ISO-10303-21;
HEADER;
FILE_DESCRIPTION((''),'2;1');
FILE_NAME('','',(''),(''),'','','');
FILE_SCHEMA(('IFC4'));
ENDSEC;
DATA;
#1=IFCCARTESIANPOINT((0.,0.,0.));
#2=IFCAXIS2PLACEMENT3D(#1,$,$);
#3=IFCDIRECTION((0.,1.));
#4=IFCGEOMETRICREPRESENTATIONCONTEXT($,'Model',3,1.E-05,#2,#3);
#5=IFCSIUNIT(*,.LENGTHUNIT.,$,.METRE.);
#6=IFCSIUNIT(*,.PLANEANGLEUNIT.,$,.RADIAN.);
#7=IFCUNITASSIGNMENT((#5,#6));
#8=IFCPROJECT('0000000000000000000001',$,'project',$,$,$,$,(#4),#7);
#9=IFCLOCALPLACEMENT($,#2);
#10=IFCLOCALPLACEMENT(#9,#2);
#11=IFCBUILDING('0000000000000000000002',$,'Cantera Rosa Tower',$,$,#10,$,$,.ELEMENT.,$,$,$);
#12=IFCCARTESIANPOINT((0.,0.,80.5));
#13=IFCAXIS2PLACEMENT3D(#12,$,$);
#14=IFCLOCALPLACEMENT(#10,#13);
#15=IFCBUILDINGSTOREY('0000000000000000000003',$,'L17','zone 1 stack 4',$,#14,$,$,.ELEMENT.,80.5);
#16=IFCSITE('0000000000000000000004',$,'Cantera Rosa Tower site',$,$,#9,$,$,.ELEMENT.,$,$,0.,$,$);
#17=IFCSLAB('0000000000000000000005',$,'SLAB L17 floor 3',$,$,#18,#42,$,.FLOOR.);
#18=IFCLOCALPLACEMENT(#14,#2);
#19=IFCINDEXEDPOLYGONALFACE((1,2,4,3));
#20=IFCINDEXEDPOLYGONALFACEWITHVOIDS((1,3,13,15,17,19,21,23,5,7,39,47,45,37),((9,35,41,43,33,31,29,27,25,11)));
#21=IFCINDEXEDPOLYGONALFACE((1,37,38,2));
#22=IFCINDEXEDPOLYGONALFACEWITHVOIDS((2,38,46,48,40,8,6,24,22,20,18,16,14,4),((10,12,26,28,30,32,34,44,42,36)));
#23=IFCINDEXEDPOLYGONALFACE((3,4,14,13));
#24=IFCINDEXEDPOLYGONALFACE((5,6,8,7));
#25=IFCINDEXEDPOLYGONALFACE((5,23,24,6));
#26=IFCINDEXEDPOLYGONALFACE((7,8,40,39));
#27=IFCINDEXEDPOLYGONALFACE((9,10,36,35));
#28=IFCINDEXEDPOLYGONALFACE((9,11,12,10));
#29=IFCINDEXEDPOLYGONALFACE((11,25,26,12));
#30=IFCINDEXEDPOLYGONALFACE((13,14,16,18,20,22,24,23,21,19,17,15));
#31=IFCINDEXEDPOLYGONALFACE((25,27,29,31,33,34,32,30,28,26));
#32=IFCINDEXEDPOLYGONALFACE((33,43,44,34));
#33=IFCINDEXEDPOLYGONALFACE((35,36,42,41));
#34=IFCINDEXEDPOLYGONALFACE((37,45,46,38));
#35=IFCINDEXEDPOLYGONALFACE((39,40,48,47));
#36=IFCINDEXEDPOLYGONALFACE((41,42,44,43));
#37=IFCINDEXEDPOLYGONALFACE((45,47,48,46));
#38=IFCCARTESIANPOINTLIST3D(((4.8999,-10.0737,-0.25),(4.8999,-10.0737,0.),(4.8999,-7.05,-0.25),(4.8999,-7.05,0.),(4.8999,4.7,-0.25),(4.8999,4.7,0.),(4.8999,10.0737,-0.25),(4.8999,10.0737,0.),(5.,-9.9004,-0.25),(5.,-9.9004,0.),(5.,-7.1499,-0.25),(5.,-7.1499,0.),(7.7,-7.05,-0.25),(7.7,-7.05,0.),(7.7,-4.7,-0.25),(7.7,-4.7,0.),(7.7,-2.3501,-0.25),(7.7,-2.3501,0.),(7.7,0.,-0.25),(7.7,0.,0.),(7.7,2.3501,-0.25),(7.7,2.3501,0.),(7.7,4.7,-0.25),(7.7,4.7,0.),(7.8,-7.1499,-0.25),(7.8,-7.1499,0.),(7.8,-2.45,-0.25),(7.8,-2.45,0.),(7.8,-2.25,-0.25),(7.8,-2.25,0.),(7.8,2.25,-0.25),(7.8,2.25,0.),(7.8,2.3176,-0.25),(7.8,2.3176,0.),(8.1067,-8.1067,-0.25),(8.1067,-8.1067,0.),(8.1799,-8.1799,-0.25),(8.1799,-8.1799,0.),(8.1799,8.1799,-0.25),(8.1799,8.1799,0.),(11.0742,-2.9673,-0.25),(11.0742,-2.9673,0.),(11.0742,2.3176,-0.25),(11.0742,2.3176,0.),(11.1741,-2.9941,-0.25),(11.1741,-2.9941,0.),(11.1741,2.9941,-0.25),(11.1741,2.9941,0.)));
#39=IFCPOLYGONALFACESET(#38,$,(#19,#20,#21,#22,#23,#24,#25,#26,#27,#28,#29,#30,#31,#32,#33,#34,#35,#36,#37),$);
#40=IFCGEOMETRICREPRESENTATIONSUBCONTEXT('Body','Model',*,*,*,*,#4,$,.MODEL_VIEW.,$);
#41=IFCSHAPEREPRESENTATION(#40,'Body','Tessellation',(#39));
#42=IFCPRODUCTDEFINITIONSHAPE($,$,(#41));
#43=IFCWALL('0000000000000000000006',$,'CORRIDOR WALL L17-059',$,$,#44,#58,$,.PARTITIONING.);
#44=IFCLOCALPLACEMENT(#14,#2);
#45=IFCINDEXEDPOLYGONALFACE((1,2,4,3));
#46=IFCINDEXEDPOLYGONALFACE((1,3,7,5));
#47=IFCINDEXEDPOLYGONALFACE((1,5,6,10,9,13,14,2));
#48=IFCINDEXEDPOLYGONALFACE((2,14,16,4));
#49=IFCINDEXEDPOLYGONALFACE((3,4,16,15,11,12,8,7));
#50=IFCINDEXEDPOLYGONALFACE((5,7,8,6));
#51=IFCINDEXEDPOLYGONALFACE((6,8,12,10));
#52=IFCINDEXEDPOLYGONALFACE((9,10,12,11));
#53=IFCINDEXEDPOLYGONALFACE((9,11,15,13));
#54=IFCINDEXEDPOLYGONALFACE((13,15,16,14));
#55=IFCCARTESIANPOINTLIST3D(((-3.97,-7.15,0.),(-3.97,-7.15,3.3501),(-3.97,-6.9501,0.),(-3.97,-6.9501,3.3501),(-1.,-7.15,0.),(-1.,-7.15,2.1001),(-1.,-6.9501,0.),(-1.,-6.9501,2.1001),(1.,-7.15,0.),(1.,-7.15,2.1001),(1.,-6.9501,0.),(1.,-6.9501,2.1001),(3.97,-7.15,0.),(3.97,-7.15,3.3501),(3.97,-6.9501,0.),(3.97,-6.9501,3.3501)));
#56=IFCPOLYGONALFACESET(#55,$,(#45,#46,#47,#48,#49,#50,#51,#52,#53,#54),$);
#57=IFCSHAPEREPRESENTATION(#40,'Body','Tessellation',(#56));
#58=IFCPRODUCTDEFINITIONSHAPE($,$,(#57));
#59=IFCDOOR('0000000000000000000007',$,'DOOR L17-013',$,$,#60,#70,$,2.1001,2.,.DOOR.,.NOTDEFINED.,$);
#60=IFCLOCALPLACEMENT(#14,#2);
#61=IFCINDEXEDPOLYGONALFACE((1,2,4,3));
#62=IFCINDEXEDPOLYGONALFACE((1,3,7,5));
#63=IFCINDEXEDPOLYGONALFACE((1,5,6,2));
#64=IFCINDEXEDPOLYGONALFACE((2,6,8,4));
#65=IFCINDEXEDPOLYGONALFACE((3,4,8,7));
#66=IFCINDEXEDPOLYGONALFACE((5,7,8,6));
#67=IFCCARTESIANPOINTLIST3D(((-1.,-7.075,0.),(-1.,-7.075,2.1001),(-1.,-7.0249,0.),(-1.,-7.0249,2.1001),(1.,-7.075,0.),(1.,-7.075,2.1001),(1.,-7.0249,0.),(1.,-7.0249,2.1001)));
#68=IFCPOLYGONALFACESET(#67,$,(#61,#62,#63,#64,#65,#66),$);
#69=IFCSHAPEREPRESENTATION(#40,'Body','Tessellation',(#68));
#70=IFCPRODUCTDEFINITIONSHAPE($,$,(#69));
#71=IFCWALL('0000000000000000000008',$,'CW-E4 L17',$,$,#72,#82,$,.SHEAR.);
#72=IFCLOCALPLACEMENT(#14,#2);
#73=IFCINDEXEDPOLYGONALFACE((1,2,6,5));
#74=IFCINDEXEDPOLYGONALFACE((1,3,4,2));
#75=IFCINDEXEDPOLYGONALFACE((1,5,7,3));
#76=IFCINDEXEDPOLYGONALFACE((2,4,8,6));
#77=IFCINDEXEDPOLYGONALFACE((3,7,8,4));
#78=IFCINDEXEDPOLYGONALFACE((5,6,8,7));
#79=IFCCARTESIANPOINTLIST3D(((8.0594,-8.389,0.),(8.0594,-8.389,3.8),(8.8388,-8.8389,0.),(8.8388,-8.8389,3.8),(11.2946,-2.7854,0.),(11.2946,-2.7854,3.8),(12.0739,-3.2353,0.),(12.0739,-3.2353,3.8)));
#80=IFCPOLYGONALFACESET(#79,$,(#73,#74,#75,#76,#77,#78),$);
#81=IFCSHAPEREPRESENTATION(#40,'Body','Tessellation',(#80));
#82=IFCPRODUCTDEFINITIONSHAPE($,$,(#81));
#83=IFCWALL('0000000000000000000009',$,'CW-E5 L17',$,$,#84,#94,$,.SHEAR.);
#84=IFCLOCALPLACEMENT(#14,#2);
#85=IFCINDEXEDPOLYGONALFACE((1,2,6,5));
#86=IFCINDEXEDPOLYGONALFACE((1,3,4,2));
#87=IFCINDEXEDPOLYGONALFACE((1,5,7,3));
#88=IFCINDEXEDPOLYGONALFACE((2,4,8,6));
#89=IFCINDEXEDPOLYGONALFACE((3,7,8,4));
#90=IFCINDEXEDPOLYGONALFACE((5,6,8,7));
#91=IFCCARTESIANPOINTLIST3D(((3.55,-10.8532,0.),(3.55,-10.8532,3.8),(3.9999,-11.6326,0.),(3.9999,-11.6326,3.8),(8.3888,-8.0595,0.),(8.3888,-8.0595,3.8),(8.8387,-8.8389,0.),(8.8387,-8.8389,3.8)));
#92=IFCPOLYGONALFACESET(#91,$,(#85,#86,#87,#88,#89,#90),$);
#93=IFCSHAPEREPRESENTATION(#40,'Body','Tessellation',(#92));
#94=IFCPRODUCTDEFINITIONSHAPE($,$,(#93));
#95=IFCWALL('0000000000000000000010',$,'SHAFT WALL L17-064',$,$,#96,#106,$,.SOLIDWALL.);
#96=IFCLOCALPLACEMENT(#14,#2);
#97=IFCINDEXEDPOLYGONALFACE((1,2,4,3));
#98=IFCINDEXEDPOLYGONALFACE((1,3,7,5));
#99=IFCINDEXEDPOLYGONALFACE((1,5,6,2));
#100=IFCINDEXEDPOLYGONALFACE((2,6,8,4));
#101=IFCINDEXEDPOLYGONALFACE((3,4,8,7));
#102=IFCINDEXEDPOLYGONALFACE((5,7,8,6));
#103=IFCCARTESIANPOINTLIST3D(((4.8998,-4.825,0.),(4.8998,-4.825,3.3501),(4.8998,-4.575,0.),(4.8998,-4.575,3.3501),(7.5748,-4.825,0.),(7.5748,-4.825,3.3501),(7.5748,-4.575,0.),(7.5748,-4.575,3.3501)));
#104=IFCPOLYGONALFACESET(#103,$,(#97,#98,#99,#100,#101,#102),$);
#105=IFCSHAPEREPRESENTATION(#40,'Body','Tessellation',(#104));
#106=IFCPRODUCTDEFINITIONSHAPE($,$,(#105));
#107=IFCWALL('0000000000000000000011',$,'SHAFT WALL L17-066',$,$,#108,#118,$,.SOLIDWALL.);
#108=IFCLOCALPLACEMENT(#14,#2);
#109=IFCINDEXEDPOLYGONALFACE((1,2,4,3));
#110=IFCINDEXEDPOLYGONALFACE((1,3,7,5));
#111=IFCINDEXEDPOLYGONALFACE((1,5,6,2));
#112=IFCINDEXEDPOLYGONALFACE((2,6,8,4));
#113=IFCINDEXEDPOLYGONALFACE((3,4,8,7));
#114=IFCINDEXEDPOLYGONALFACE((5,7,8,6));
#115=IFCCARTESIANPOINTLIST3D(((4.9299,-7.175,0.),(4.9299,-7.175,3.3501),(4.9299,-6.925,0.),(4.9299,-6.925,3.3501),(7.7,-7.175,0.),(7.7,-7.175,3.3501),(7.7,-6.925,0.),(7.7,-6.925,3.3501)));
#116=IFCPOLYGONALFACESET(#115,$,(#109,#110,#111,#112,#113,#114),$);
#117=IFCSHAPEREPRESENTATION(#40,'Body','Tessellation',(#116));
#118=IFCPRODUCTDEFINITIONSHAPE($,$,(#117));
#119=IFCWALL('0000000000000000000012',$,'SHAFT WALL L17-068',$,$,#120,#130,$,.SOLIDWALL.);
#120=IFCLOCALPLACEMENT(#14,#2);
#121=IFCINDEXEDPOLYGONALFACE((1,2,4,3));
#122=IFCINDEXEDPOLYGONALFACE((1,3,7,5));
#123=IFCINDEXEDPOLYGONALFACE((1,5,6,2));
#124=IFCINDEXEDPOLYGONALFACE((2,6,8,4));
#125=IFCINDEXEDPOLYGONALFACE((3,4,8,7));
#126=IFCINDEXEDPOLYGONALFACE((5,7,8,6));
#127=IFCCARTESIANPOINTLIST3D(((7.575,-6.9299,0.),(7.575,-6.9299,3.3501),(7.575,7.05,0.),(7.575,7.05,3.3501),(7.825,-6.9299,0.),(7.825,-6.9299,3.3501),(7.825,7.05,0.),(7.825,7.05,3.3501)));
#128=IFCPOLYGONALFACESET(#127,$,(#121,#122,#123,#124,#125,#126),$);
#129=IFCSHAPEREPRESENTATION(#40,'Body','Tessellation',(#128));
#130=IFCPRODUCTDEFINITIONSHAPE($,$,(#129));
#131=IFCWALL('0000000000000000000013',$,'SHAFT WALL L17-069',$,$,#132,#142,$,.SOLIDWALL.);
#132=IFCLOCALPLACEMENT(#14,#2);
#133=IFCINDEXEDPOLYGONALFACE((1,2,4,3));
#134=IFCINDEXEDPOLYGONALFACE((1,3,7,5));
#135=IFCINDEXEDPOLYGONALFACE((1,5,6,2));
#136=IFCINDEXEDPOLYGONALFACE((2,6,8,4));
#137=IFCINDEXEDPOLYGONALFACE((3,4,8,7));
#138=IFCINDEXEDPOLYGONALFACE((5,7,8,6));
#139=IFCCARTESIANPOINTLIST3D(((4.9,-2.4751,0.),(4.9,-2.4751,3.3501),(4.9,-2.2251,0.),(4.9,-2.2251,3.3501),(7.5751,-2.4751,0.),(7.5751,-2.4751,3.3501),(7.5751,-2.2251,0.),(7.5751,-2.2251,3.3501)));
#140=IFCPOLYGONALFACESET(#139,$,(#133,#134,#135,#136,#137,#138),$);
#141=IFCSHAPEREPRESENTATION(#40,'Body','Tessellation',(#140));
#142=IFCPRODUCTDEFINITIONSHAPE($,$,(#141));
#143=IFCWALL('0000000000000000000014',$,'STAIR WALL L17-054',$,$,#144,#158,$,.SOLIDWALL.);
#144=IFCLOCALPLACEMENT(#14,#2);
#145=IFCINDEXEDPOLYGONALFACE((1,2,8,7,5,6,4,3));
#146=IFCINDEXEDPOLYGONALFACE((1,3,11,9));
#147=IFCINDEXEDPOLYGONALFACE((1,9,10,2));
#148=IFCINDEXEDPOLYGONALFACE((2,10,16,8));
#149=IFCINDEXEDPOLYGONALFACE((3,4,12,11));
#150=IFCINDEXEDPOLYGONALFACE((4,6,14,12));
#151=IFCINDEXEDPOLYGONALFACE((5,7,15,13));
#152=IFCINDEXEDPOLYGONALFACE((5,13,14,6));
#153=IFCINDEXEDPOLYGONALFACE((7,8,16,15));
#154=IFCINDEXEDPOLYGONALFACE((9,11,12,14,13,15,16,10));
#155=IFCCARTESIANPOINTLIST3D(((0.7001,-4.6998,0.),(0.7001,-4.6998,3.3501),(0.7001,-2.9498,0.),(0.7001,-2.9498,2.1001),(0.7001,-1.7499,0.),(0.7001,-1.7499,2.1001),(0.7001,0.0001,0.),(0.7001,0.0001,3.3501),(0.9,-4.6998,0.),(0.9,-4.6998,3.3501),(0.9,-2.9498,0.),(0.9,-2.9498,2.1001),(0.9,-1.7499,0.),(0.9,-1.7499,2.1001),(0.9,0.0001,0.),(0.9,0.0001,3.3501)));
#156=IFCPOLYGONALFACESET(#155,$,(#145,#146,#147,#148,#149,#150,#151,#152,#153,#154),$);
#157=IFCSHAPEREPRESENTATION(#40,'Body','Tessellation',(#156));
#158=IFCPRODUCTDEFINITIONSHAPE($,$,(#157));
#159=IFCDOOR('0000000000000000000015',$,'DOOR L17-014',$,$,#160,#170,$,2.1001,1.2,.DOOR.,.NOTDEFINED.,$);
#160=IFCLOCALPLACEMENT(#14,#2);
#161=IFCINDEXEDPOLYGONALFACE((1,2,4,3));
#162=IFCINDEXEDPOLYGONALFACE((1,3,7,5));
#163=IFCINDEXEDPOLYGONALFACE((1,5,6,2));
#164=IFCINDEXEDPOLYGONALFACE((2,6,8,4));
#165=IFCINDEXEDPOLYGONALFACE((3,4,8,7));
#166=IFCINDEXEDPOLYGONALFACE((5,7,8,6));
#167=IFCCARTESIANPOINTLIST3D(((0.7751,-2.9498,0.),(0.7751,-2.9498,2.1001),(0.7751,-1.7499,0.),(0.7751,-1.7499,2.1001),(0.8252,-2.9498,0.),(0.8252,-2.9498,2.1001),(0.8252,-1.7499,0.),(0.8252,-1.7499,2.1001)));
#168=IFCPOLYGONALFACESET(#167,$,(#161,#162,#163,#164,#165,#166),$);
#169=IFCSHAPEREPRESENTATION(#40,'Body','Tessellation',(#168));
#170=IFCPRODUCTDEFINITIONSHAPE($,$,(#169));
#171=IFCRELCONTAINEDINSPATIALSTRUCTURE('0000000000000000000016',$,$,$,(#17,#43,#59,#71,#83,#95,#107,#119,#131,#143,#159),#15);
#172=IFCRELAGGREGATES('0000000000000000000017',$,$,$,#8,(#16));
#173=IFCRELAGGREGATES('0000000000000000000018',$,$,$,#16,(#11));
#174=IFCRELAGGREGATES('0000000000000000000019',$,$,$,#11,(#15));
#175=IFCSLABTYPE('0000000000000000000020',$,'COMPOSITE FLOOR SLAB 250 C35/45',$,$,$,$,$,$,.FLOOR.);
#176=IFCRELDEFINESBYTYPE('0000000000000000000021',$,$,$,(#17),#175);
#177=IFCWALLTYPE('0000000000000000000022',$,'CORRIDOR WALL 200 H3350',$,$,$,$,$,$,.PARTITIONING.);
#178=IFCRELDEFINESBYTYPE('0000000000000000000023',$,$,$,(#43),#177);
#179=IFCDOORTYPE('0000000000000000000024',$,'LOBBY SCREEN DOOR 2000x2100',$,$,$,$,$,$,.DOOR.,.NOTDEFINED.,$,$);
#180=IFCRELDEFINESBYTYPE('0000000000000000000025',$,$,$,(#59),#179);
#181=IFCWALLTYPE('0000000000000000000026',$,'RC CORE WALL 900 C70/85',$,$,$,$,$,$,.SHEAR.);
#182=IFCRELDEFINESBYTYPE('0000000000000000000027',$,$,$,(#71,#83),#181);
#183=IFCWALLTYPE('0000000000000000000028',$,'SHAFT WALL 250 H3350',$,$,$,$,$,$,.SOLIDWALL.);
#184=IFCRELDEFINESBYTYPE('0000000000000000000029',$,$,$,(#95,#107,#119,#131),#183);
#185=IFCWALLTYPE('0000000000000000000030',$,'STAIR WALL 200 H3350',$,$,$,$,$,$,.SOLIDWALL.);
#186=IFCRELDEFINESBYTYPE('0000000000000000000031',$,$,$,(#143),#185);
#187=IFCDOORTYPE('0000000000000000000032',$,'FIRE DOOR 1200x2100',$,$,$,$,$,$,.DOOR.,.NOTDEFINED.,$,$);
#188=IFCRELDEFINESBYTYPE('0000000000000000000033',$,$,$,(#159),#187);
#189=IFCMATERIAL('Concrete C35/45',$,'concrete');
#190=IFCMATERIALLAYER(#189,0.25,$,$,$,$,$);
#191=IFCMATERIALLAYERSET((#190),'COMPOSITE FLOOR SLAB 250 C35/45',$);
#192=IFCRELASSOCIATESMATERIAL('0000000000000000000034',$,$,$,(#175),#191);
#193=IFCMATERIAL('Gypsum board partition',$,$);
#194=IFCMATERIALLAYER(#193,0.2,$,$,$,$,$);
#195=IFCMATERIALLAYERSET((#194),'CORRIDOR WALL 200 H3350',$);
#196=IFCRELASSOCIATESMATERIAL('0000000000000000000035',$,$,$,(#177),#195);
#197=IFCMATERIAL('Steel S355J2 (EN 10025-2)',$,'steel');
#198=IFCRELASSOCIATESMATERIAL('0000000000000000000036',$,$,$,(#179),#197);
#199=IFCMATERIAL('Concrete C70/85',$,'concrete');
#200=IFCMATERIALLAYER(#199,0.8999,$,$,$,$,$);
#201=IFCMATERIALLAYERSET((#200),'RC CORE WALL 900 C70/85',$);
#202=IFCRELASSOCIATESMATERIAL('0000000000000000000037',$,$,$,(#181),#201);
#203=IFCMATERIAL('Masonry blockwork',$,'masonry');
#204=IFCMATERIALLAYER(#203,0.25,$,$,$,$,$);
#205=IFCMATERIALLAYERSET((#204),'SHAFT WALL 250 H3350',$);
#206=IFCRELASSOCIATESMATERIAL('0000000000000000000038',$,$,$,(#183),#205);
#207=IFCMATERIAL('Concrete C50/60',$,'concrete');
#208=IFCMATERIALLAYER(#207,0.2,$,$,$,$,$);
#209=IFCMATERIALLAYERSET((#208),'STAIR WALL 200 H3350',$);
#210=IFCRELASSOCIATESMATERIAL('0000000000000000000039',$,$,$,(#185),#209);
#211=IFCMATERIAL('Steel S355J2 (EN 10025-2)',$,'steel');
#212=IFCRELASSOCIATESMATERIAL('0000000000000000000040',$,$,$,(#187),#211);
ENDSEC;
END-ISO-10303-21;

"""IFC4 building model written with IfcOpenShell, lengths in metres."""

from ifc_helpers import new_model, si_unit, direction, frame, frame_2d, origin, place, context, subcontext, project, spatial, polyline, rectangle, outline, extrude, material, layer, layer_set, type_object, element, fill, save


model = new_model("IFC4")

# Units and contexts
model_context = context("Model", 3, precision=1e-05, world=origin(), true_north=direction((0.0, 1.0)))
body_context = subcontext(model_context, "Body", "Model", "MODEL_VIEW")
ifc_project = project(units=[si_unit("LENGTHUNIT", "METRE"), si_unit("PLANEANGLEUNIT", "RADIAN")], contexts=[model_context])

# Site, building, storey
site_placement = place(None, origin())
site = spatial("IfcSite", under=ifc_project, at=site_placement, Name="Cantera Rosa Tower site", CompositionType="ELEMENT", RefElevation=0.0)
building_placement = place(site_placement, origin())
building = spatial("IfcBuilding", under=site, at=building_placement, Name="Cantera Rosa Tower", CompositionType="ELEMENT")
storey_placement = place(building_placement, frame((0.0, 0.0, 80.5)))
storey = spatial("IfcBuildingStorey", under=building, at=storey_placement, Name="L17", Description="zone 1 stack 4", CompositionType="ELEMENT", Elevation=80.5)

# Slab
ifc_material_1 = material(Name="Concrete C35/45", Category="concrete")
ifc_layer_1 = layer(ifc_material_1, 0.25)
ifc_layer_set_1 = layer_set([ifc_layer_1], Name="COMPOSITE FLOOR SLAB 250 C35/45")
slab_type = type_object("IfcSlabType", Name="COMPOSITE FLOOR SLAB 250 C35/45", PredefinedType="FLOOR", material=ifc_layer_set_1)
slab_1_placement = place(storey_placement, frame((0.0, 0.0, -0.25)))
element("IfcSlab", 1, at=slab_1_placement, inside=storey, type_object=slab_type, Name="SLAB L17 floor 3", PredefinedType="FLOOR", context=body_context, shape_type="SweptSolid", body=[
    extrude(outline(polyline([(7.7, 0.0), (7.7, 2.3501), (7.7, 4.7), (4.8999, 4.7), (4.8999, 10.0737), (8.1799, 8.1799), (11.1741, 2.9941), (11.1741, -2.9941), (8.1799, -8.1799), (4.8999, -10.0737), (4.8999, -7.05), (7.7, -7.05), (7.7, -4.7), (7.7, -2.3501), (7.7, 0.0)]), holes=[polyline([(7.8, 2.25), (7.8, -2.25), (7.8, -2.45), (7.8, -7.1499), (5.0, -7.1499), (5.0, -9.9004), (8.1067, -8.1067), (11.0742, -2.9673), (11.0742, 2.3176), (7.8, 2.3176), (7.8, 2.25)])]), origin(), (0.0, 0.0, 1.0), 0.25),
])

# Wall, opening, door
ifc_material_2 = material(Name="Gypsum board partition")
ifc_layer_2 = layer(ifc_material_2, 0.2)
ifc_layer_set_2 = layer_set([ifc_layer_2], Name="CORRIDOR WALL 200 H3350")
wall_type_1 = type_object("IfcWallType", Name="CORRIDOR WALL 200 H3350", PredefinedType="PARTITIONING", material=ifc_layer_set_2)
wall_1_placement = place(storey_placement, frame((3.97, -7.05, 0.0), z_axis=(0.0, 0.0, 1.0), x_axis=(-1.0, 0.0, 0.0)))
wall_1 = element("IfcWall", 2, at=wall_1_placement, inside=storey, type_object=wall_type_1, Name="CORRIDOR WALL L17-059", PredefinedType="PARTITIONING", context=body_context, shape_type="SweptSolid", body=[
    extrude(rectangle(XDim=7.9399, YDim=0.2, at=frame_2d((3.97, 0.0))), origin(), (0.0, 0.0, 1.0), 3.3501),
])
opening_1_placement = place(wall_1_placement, frame((2.97, 0.0, 0.0)))
opening_1 = element("IfcOpeningElement", 3, at=opening_1_placement, cuts=wall_1, PredefinedType="OPENING", context=body_context, shape_type="SweptSolid", body=[
    extrude(rectangle(XDim=2.0, YDim=2.1001, at=frame_2d((1.0, 1.05))), frame((0.0, 0.1099, 0.0), z_axis=(0.0, -1.0, 0.0), x_axis=(1.0, 0.0, 0.0)), (0.0, 0.0, 1.0), 0.22),
])
ifc_material_3 = material(Name="Steel S355J2 (EN 10025-2)", Category="steel")
door_type_1 = type_object("IfcDoorType", Name="LOBBY SCREEN DOOR 2000x2100", OperationType="NOTDEFINED", PredefinedType="DOOR", material=ifc_material_3)
door_1_placement = place(opening_1_placement, origin())
door_1 = element("IfcDoor", 4, at=door_1_placement, inside=storey, type_object=door_type_1, Name="DOOR L17-013", OperationType="NOTDEFINED", OverallHeight=2.1001, OverallWidth=2.0, PredefinedType="DOOR", context=body_context, shape_type="SweptSolid", body=[
    extrude(rectangle(XDim=2.0, YDim=2.1001, at=frame_2d((1.0, 1.05))), frame((0.0, 0.0249, 0.0), z_axis=(0.0, -1.0, 0.0), x_axis=(1.0, 0.0, 0.0)), (0.0, 0.0, 1.0), 0.05),
])
fill(opening_1, door_1)

# Walls
ifc_material_4 = material(Name="Concrete C70/85", Category="concrete")
ifc_layer_3 = layer(ifc_material_4, 0.8999)
ifc_layer_set_3 = layer_set([ifc_layer_3], Name="RC CORE WALL 900 C70/85")
wall_type_2 = type_object("IfcWallType", Name="RC CORE WALL 900 C70/85", PredefinedType="SHEAR", material=ifc_layer_set_3)
wall_2_placement = place(storey_placement, frame((11.6843, -3.0103, 0.0), z_axis=(0.0, 0.0, 1.0), x_axis=(-0.49999, -0.866031, 0.0)))
element("IfcWall", 5, at=wall_2_placement, inside=storey, type_object=wall_type_2, Name="CW-E4 L17", PredefinedType="SHEAR", context=body_context, shape_type="SweptSolid", body=[
    extrude(rectangle(XDim=6.4705, YDim=0.8999, at=frame_2d((3.2354, 0.0))), origin(), (0.0, 0.0, 1.0), 3.8),
])
wall_3_placement = place(storey_placement, frame((8.6138, -8.4492, 0.0), z_axis=(0.0, 0.0, 1.0), x_axis=(-0.866027, -0.499997, 0.0)))
element("IfcWall", 6, at=wall_3_placement, inside=storey, type_object=wall_type_2, Name="CW-E5 L17", PredefinedType="SHEAR", context=body_context, shape_type="SweptSolid", body=[
    extrude(rectangle(XDim=5.5874, YDim=0.8999, at=frame_2d((2.7937, 0.0))), origin(), (0.0, 0.0, 1.0), 3.8),
])
ifc_material_5 = material(Name="Masonry blockwork", Category="masonry")
ifc_layer_4 = layer(ifc_material_5, 0.25)
ifc_layer_set_4 = layer_set([ifc_layer_4], Name="SHAFT WALL 250 H3350")
wall_type_3 = type_object("IfcWallType", Name="SHAFT WALL 250 H3350", PredefinedType="SOLIDWALL", material=ifc_layer_set_4)
wall_4_placement = place(storey_placement, frame((4.8999, -4.7, 0.0), z_axis=(0.0, 0.0, 1.0), x_axis=(1.0, 0.0, 0.0)))
element("IfcWall", 7, at=wall_4_placement, inside=storey, type_object=wall_type_3, Name="SHAFT WALL L17-064", PredefinedType="SOLIDWALL", context=body_context, shape_type="SweptSolid", body=[
    extrude(rectangle(XDim=2.675, YDim=0.25, at=frame_2d((1.3374, 0.0))), origin(), (0.0, 0.0, 1.0), 3.3501),
])
wall_5_placement = place(storey_placement, frame((4.9299, -7.05, 0.0), z_axis=(0.0, 0.0, 1.0), x_axis=(1.0, 0.0, 0.0)))
element("IfcWall", 8, at=wall_5_placement, inside=storey, type_object=wall_type_3, Name="SHAFT WALL L17-066", PredefinedType="SOLIDWALL", context=body_context, shape_type="SweptSolid", body=[
    extrude(rectangle(XDim=2.77, YDim=0.25, at=frame_2d((1.385, 0.0))), origin(), (0.0, 0.0, 1.0), 3.3501),
])
wall_6_placement = place(storey_placement, frame((7.7, -6.9299, 0.0), z_axis=(0.0, 0.0, 1.0), x_axis=(0.0, 1.0, 0.0)))
element("IfcWall", 9, at=wall_6_placement, inside=storey, type_object=wall_type_3, Name="SHAFT WALL L17-068", PredefinedType="SOLIDWALL", context=body_context, shape_type="SweptSolid", body=[
    extrude(rectangle(XDim=13.98, YDim=0.25, at=frame_2d((6.99, 0.0))), origin(), (0.0, 0.0, 1.0), 3.3501),
])
wall_7_placement = place(storey_placement, frame((7.575, -2.3501, 0.0), z_axis=(0.0, 0.0, 1.0), x_axis=(-1.0, 0.0, 0.0)))
element("IfcWall", 10, at=wall_7_placement, inside=storey, type_object=wall_type_3, Name="SHAFT WALL L17-069", PredefinedType="SOLIDWALL", context=body_context, shape_type="SweptSolid", body=[
    extrude(rectangle(XDim=2.675, YDim=0.25, at=frame_2d((1.3374, 0.0))), origin(), (0.0, 0.0, 1.0), 3.3501),
])

# Wall, opening, door
ifc_material_6 = material(Name="Concrete C50/60", Category="concrete")
ifc_layer_5 = layer(ifc_material_6, 0.2)
ifc_layer_set_5 = layer_set([ifc_layer_5], Name="STAIR WALL 200 H3350")
wall_type_4 = type_object("IfcWallType", Name="STAIR WALL 200 H3350", PredefinedType="SOLIDWALL", material=ifc_layer_set_5)
wall_8_placement = place(storey_placement, frame((0.8, -4.7, 0.0), z_axis=(0.0, 0.0, 1.0), x_axis=(0.0, 1.0, 0.0)))
wall_8 = element("IfcWall", 11, at=wall_8_placement, inside=storey, type_object=wall_type_4, Name="STAIR WALL L17-054", PredefinedType="SOLIDWALL", context=body_context, shape_type="SweptSolid", body=[
    extrude(rectangle(XDim=4.7, YDim=0.2, at=frame_2d((2.3501, 0.0))), origin(), (0.0, 0.0, 1.0), 3.3501),
])
opening_2_placement = place(wall_8_placement, frame((1.75, 0.0, 0.0)))
opening_2 = element("IfcOpeningElement", 12, at=opening_2_placement, cuts=wall_8, PredefinedType="OPENING", context=body_context, shape_type="SweptSolid", body=[
    extrude(rectangle(XDim=1.2, YDim=2.1001, at=frame_2d((0.6001, 1.05))), frame((0.0, 0.1099, 0.0), z_axis=(0.0, -1.0, 0.0), x_axis=(1.0, 0.0, 0.0)), (0.0, 0.0, 1.0), 0.22),
])
ifc_material_7 = material(Name="Steel S355J2 (EN 10025-2)", Category="steel")
door_type_2 = type_object("IfcDoorType", Name="FIRE DOOR 1200x2100", OperationType="NOTDEFINED", PredefinedType="DOOR", material=ifc_material_7)
door_2_placement = place(opening_2_placement, origin())
door_2 = element("IfcDoor", 13, at=door_2_placement, inside=storey, type_object=door_type_2, Name="DOOR L17-014", OperationType="NOTDEFINED", OverallHeight=2.1001, OverallWidth=1.2, PredefinedType="DOOR", context=body_context, shape_type="SweptSolid", body=[
    extrude(rectangle(XDim=1.2, YDim=2.1001, at=frame_2d((0.6001, 1.05))), frame((0.0, 0.0249, 0.0), z_axis=(0.0, -1.0, 0.0), x_axis=(1.0, 0.0, 0.0)), (0.0, 0.0, 1.0), 0.05),
])
fill(opening_2, door_2)

save(model, "model.ifc")
